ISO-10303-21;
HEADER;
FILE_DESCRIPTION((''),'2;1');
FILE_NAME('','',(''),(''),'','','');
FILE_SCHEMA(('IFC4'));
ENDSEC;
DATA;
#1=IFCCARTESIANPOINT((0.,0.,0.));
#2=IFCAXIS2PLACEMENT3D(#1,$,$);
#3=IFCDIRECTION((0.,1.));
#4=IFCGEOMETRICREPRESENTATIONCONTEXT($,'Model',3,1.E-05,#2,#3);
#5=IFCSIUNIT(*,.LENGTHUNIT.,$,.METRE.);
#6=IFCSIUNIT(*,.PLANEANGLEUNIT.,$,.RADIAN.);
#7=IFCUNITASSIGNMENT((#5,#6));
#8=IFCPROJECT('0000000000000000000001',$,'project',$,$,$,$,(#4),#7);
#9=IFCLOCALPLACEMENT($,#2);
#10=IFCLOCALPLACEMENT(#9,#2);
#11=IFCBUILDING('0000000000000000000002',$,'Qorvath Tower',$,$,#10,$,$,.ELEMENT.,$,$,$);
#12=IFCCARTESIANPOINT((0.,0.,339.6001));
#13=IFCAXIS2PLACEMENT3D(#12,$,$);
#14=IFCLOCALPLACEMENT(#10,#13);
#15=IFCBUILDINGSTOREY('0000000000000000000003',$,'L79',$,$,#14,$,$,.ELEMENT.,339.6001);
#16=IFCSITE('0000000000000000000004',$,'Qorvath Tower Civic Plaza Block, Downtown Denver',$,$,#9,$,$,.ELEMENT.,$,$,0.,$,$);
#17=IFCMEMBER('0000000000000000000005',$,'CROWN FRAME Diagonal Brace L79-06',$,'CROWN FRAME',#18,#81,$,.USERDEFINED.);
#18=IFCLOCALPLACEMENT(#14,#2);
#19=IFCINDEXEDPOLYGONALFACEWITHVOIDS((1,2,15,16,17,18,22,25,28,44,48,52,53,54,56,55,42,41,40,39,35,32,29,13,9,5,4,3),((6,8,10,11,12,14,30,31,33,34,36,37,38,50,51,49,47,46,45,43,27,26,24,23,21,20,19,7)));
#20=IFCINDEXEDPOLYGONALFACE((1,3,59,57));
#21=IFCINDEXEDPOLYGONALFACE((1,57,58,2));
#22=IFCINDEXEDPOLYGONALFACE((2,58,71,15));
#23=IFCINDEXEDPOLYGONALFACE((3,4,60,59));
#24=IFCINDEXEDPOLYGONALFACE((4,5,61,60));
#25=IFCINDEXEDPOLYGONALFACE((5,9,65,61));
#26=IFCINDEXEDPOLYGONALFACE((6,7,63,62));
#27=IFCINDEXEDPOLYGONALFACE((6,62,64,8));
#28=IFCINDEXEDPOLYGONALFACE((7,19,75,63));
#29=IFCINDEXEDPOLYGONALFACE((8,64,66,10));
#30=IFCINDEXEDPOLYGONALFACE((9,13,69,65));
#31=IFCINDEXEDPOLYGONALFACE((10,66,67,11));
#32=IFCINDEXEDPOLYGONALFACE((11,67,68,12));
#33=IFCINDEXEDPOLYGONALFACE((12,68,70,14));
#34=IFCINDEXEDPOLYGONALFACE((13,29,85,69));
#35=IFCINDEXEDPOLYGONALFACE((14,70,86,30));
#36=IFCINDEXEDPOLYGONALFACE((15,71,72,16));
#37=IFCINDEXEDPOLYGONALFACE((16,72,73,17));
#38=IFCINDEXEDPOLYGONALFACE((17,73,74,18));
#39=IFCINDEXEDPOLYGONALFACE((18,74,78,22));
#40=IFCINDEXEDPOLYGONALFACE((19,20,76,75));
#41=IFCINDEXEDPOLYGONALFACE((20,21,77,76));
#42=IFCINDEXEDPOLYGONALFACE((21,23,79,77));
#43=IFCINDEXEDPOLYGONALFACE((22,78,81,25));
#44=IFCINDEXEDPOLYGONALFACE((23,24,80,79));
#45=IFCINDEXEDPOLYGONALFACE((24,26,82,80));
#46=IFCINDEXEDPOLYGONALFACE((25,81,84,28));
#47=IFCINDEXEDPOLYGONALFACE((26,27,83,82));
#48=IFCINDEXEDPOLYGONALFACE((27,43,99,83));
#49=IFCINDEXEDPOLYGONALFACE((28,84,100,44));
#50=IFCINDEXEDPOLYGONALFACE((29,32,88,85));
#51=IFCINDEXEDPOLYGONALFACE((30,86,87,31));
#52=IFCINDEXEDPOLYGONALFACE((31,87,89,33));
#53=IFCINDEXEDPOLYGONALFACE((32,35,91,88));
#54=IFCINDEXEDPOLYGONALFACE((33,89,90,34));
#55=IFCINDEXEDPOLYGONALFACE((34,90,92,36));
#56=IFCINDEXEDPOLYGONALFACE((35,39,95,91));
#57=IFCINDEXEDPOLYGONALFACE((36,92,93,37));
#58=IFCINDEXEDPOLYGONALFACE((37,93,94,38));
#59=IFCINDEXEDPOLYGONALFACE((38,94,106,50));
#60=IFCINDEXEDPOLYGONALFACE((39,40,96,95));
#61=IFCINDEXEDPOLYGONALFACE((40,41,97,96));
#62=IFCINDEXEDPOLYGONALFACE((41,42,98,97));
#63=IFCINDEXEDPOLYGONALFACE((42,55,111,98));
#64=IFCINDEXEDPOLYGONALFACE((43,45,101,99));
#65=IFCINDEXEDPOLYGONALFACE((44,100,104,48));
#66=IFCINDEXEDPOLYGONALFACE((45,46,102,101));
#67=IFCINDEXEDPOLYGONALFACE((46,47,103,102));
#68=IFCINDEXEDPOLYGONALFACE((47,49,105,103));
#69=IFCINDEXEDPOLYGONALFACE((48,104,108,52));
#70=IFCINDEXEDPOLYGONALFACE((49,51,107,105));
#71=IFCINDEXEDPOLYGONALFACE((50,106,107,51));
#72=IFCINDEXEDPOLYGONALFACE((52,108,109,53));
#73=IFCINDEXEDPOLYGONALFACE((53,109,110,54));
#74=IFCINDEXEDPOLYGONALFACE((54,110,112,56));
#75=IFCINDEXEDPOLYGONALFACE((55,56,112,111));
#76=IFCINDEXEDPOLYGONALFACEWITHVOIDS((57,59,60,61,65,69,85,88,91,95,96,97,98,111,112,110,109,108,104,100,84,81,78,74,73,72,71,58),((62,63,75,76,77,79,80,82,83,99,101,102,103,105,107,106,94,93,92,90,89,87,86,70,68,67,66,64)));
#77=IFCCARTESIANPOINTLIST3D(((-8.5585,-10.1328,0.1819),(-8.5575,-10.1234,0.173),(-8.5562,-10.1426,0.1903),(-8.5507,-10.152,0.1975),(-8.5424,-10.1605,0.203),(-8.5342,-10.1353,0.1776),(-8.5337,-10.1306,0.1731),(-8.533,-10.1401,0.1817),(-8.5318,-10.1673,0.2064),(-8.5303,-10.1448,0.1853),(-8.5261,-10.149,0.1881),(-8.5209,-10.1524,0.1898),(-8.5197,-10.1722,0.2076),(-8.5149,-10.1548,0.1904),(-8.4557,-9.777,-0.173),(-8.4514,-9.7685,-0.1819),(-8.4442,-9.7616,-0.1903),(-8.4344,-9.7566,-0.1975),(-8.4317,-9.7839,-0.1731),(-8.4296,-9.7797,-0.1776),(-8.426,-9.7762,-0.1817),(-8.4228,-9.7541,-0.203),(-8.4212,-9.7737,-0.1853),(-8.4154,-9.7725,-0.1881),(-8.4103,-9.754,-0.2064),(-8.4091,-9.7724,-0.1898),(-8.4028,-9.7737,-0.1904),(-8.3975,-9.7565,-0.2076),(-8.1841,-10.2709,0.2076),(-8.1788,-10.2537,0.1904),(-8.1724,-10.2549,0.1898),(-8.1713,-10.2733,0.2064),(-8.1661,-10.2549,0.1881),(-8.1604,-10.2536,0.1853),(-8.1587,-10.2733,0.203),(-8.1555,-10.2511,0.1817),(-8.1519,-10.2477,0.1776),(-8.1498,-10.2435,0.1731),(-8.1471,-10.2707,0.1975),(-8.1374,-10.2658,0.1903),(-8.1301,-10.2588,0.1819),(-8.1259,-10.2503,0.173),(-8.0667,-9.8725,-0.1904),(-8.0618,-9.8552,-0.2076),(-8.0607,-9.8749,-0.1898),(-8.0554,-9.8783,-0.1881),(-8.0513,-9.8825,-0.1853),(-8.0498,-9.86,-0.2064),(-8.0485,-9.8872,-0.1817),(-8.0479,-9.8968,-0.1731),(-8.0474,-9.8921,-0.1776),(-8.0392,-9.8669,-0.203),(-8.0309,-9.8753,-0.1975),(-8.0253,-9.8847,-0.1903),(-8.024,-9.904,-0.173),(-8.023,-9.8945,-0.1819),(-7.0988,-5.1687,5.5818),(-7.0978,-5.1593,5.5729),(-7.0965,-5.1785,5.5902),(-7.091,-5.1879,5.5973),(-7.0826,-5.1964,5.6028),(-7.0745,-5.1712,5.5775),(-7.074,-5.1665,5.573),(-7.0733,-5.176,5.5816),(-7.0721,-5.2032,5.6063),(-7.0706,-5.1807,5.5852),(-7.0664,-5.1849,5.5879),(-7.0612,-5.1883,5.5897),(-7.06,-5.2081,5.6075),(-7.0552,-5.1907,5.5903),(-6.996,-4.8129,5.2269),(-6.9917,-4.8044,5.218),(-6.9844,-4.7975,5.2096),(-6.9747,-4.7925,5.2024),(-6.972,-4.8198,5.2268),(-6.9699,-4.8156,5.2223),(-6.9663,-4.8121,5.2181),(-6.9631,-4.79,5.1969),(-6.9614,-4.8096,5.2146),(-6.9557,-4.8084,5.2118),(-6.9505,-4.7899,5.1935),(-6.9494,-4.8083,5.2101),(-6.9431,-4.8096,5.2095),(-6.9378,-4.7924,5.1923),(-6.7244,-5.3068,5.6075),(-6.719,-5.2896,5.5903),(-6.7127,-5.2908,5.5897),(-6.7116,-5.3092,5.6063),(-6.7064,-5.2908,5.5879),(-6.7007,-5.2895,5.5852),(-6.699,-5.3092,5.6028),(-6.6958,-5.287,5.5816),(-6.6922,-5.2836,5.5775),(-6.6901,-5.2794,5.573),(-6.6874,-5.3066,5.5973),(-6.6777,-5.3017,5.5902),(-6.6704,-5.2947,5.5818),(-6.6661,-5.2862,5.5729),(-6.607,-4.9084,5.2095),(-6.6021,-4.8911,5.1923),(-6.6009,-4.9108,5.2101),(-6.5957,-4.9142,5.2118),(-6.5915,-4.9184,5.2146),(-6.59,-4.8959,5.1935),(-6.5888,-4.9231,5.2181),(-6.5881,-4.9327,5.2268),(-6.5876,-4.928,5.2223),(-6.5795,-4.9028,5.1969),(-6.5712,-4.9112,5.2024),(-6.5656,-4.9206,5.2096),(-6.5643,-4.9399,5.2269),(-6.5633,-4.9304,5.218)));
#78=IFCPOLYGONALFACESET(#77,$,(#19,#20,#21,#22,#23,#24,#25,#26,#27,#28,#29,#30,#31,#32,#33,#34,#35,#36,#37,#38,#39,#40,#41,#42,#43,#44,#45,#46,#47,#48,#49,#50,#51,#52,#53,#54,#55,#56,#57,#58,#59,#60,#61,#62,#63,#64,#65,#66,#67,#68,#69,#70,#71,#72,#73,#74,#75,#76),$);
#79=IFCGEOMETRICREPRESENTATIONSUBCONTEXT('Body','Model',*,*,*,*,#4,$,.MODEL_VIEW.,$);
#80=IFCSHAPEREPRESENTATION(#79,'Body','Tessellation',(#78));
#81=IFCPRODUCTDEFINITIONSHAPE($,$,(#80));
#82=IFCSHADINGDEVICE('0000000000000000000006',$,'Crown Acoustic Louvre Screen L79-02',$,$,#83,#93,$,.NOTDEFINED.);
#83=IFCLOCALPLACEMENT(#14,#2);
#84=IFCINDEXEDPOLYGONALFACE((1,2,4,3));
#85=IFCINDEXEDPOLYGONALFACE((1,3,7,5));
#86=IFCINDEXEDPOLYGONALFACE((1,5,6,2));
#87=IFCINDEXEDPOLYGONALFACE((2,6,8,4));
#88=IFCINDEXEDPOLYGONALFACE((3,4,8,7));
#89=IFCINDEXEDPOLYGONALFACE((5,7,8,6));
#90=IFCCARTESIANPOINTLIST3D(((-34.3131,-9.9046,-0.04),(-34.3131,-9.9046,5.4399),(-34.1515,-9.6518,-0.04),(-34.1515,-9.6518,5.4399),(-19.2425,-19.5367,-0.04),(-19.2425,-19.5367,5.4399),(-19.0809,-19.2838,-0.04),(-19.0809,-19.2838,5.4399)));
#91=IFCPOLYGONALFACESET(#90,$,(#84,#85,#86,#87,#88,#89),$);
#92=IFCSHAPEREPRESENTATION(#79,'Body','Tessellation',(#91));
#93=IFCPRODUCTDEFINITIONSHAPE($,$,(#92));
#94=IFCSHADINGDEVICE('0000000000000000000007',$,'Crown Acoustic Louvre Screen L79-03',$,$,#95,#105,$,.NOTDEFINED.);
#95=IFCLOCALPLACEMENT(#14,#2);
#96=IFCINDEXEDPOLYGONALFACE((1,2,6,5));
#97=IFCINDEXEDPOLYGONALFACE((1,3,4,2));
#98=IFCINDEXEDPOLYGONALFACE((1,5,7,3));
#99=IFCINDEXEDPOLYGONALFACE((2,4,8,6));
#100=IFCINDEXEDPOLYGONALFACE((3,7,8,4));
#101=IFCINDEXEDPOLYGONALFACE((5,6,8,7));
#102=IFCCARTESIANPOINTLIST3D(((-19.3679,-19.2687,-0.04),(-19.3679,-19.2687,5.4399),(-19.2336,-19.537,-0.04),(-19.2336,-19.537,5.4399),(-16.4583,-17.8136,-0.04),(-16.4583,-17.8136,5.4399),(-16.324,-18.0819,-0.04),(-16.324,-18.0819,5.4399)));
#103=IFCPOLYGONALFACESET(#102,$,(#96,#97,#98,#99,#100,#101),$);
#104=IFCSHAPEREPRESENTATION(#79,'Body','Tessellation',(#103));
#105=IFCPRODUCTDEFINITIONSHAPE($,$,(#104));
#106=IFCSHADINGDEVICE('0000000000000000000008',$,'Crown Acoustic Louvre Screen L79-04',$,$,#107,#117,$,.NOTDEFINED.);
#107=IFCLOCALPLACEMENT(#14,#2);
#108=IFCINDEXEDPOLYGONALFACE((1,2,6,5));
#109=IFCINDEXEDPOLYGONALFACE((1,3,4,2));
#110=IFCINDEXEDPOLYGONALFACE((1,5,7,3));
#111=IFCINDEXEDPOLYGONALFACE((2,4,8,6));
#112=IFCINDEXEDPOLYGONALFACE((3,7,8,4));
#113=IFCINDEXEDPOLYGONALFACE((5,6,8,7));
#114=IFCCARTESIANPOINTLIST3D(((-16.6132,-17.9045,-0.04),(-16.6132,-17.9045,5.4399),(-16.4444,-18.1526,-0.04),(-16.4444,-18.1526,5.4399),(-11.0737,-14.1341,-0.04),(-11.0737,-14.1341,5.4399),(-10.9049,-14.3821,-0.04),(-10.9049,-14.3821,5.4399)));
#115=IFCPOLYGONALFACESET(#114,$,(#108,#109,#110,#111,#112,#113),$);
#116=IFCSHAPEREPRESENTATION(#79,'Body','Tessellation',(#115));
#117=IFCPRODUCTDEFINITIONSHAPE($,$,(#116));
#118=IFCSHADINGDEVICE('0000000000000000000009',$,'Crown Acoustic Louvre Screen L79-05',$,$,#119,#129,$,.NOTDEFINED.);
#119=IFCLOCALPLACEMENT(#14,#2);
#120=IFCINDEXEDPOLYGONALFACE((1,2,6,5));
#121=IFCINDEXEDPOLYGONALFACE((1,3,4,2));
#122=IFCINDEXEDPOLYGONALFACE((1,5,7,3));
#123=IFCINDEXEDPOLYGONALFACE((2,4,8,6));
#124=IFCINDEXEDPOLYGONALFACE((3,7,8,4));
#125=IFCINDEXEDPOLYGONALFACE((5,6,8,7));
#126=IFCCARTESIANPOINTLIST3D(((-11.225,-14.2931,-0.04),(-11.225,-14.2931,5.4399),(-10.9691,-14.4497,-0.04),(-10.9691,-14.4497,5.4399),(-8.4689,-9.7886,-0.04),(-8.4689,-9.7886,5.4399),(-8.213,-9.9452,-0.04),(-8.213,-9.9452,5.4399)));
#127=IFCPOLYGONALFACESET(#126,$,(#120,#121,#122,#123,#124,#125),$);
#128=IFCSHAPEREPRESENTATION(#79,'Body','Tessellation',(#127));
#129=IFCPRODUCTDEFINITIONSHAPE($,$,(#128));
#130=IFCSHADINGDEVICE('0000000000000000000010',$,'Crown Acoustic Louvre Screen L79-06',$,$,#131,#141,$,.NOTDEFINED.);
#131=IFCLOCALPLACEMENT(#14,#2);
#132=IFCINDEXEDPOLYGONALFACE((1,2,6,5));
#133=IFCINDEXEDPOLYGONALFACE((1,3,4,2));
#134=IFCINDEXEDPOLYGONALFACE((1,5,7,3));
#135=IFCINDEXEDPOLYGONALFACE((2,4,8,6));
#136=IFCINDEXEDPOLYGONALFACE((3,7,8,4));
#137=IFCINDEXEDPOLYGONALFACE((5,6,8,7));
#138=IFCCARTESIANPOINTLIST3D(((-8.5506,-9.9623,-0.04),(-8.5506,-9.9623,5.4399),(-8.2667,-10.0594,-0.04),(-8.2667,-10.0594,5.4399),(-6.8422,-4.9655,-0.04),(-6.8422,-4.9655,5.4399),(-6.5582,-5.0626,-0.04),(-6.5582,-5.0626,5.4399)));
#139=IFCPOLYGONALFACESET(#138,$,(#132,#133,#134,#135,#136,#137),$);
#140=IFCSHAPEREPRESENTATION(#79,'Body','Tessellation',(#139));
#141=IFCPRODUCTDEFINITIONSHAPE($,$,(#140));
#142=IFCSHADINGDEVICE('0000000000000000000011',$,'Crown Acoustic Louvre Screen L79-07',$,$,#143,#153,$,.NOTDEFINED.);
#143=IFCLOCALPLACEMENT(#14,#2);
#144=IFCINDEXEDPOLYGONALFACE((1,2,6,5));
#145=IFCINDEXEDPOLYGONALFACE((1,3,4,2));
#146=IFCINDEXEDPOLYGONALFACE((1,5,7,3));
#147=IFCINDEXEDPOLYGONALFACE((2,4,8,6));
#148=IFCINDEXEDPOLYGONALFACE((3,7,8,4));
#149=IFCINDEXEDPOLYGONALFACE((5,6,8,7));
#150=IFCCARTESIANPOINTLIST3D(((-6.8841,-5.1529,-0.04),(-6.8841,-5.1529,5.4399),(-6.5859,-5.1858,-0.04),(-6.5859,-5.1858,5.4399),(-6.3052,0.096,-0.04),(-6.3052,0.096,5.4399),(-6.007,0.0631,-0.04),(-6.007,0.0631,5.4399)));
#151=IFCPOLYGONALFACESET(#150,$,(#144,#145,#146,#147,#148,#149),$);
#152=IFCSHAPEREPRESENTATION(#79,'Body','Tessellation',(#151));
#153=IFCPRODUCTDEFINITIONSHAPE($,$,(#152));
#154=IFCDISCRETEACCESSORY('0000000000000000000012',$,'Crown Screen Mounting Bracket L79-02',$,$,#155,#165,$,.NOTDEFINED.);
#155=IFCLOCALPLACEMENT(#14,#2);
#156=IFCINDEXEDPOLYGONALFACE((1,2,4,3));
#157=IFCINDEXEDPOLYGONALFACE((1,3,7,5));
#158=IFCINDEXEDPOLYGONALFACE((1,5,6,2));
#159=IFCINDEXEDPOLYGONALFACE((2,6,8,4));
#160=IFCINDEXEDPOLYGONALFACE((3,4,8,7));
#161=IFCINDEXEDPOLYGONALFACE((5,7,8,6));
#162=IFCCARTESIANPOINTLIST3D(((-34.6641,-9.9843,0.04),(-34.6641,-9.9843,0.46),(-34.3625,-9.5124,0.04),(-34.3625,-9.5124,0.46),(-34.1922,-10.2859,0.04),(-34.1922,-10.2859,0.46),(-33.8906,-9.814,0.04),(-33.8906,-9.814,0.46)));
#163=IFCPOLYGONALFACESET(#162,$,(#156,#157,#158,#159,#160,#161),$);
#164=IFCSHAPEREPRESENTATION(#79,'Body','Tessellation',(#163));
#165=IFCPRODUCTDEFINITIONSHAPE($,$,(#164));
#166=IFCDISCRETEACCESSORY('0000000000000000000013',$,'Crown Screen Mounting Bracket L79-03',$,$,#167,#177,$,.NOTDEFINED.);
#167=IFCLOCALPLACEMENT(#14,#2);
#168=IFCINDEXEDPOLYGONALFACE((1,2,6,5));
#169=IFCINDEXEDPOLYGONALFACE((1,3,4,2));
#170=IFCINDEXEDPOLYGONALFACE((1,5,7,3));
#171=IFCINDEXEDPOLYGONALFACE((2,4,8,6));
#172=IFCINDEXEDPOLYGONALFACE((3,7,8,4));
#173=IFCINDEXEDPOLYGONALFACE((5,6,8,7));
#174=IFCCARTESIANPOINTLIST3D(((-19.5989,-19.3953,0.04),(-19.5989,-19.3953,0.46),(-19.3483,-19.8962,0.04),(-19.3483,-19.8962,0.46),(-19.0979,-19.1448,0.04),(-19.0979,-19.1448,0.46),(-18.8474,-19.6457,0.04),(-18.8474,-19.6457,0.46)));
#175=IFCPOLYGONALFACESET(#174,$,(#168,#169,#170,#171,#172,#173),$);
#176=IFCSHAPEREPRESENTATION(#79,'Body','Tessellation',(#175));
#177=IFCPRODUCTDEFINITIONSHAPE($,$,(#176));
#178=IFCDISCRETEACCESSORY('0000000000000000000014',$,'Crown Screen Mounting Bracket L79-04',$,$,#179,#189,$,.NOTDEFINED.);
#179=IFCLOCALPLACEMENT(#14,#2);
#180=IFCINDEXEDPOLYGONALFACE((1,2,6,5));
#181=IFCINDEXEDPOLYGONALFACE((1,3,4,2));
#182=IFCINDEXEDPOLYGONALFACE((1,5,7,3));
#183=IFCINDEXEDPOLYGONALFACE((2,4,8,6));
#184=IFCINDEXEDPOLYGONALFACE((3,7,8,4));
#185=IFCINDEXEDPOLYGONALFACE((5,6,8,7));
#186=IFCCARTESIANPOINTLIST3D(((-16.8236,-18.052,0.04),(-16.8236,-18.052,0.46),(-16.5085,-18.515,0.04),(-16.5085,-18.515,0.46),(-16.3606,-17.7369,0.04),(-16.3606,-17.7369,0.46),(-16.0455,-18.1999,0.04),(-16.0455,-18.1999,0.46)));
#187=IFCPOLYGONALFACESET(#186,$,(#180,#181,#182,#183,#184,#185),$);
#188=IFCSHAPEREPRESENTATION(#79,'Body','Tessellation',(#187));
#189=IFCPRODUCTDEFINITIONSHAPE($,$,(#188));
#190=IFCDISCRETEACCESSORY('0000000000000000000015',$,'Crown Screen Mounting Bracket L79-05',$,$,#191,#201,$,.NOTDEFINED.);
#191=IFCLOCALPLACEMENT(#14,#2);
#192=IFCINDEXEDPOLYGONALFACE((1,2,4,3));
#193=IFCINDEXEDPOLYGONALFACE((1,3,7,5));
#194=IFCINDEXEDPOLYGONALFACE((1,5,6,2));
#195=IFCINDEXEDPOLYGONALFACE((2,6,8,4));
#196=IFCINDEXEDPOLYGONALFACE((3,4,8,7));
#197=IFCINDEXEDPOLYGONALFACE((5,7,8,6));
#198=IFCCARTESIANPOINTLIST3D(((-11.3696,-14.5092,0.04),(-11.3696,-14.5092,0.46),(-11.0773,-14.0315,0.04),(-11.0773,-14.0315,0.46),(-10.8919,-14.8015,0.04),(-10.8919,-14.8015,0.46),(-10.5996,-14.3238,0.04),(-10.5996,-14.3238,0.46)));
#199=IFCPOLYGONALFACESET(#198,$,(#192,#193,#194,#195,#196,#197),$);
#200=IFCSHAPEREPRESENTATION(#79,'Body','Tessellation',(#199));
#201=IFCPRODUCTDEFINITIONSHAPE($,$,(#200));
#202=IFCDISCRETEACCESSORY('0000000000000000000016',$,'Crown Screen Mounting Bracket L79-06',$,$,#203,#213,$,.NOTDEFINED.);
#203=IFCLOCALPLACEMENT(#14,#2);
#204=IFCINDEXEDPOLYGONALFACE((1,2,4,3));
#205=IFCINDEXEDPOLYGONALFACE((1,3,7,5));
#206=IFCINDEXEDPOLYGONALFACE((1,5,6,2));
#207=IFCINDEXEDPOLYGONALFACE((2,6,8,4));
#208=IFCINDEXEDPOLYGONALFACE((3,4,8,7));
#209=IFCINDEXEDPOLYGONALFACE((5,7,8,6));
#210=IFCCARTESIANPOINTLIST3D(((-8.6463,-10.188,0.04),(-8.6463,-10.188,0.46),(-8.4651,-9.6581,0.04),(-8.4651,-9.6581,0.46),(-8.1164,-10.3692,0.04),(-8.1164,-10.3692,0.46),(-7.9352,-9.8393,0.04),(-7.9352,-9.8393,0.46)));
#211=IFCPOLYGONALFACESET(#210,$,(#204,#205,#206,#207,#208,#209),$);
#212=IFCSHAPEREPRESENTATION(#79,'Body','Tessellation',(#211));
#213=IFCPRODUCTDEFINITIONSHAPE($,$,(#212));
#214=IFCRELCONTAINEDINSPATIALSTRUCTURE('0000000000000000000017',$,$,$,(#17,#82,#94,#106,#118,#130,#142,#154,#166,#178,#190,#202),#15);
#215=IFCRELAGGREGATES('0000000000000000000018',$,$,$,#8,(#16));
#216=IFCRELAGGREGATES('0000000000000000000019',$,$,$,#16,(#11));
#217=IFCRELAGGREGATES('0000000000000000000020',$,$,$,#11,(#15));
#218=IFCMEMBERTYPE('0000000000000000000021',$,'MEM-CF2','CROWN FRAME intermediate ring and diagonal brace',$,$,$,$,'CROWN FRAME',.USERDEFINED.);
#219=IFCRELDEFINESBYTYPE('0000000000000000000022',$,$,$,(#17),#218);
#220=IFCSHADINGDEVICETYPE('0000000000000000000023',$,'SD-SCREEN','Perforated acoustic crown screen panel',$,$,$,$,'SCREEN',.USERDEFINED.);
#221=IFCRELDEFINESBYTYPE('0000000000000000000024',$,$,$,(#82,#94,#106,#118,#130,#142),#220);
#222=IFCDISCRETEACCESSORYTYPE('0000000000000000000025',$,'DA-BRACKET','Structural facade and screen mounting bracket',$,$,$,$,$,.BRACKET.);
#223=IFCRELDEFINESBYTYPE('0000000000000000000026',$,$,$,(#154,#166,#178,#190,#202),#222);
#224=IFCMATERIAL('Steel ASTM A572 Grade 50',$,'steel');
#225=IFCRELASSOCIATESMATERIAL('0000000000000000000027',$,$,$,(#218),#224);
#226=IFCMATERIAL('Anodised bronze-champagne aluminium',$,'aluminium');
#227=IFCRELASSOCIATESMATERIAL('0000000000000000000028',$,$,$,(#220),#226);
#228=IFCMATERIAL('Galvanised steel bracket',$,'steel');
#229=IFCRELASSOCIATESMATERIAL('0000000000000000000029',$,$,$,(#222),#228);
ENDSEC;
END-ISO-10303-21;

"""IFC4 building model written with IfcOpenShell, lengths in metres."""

from ifc_helpers import new_model, si_unit, direction, frame, origin, origin_2d, place, context, subcontext, project, spatial, rectangle, hollow_rectangle, extrude, material, material_profile, profile_set, type_object, element, save


model = new_model("IFC4")

# Units and contexts
model_context = context("Model", 3, precision=1e-05, world=origin(), true_north=direction((0.0, 1.0)))
body_context = subcontext(model_context, "Body", "Model", "MODEL_VIEW")
ifc_project = project(units=[si_unit("LENGTHUNIT", "METRE"), si_unit("PLANEANGLEUNIT", "RADIAN")], contexts=[model_context])

# Site, building, storey
site_placement = place(None, origin())
site = spatial("IfcSite", under=ifc_project, at=site_placement, Name="Qorvath Tower Civic Plaza Block, Downtown Denver", CompositionType="ELEMENT", RefElevation=0.0)
building_placement = place(site_placement, origin())
building = spatial("IfcBuilding", under=site, at=building_placement, Name="Qorvath Tower", CompositionType="ELEMENT")
storey_placement = place(building_placement, frame((0.0, 0.0, 339.6001)))
storey = spatial("IfcBuildingStorey", under=building, at=storey_placement, Name="L79", CompositionType="ELEMENT", Elevation=339.6001)

# Member
ifc_material_1 = material(Name="Steel ASTM A572 Grade 50", Category="steel")
ifc_material_profile_1 = material_profile(ifc_material_1, hollow_rectangle(XDim=0.45, YDim=0.6001, WallThickness=0.0249, InnerFilletRadius=0.0249, OuterFilletRadius=0.05, at=origin_2d()), Name="CROWN BOX 600x450x25")
ifc_profile_set_1 = profile_set([ifc_material_profile_1], Name="Steel ASTM A572 Grade 50")
member_type_1 = type_object("IfcMemberType", Name="MEM-CF2", Description="CROWN FRAME intermediate ring and diagonal brace", ElementType="CROWN FRAME", PredefinedType="USERDEFINED", material=ifc_profile_set_1)
member_1_placement = place(storey_placement, frame((-8.2908, -10.0137, 0.0), z_axis=(0.195181, 0.66376, 0.72203), x_axis=(-0.959382, 0.28211, 0.0)))
element("IfcMember", 1, at=member_1_placement, inside=storey, type_object=member_type_1, Name="CROWN FRAME Diagonal Brace L79-06", ObjectType="CROWN FRAME", PredefinedType="USERDEFINED", context=body_context, shape_type="SweptSolid", body=[
    extrude(hollow_rectangle(XDim=0.45, YDim=0.6001, WallThickness=0.0249, InnerFilletRadius=0.0249, OuterFilletRadius=0.05, at=origin_2d()), origin(), (0.0, 0.0, 1.0), 7.4788),
])

# Shading devices
ifc_material_2 = material(Name="Anodised bronze-champagne aluminium", Category="aluminium")
shading_device_type = type_object("IfcShadingDeviceType", Name="SD-SCREEN", Description="Perforated acoustic crown screen panel", ElementType="SCREEN", PredefinedType="USERDEFINED", material=ifc_material_2)
shading_device_1_placement = place(storey_placement, frame((-26.697, -14.5942, -0.04), z_axis=(0.0, 0.0, 1.0), x_axis=(0.842606, -0.538531, 0.0)))
element("IfcShadingDevice", 2, at=shading_device_1_placement, inside=storey, type_object=shading_device_type, Name="Crown Acoustic Louvre Screen L79-02", PredefinedType="NOTDEFINED", context=body_context, shape_type="SweptSolid", body=[
    extrude(rectangle(XDim=17.8857, YDim=0.3, at=origin_2d()), origin(), (0.0, 0.0, 1.0), 5.48),
])
shading_device_2_placement = place(storey_placement, frame((-17.8459, -18.6753, -0.04), z_axis=(0.0, 0.0, 1.0), x_axis=(0.894388, 0.447292, 0.0)))
element("IfcShadingDevice", 3, at=shading_device_2_placement, inside=storey, type_object=shading_device_type, Name="Crown Acoustic Louvre Screen L79-03", PredefinedType="NOTDEFINED", context=body_context, shape_type="SweptSolid", body=[
    extrude(rectangle(XDim=3.2532, YDim=0.3, at=origin_2d()), origin(), (0.0, 0.0, 1.0), 5.48),
])
shading_device_3_placement = place(storey_placement, frame((-13.759, -16.1433, -0.04), z_axis=(0.0, 0.0, 1.0), x_axis=(0.826678, 0.562675, 0.0)))
element("IfcShadingDevice", 4, at=shading_device_3_placement, inside=storey, type_object=shading_device_type, Name="Crown Acoustic Louvre Screen L79-04", PredefinedType="NOTDEFINED", context=body_context, shape_type="SweptSolid", body=[
    extrude(rectangle(XDim=6.7009, YDim=0.3, at=origin_2d()), origin(), (0.0, 0.0, 1.0), 5.48),
])
for number, where, z_axis, x_axis, name in (
    (5, (-9.719, -12.1191, -0.04), (0.0, 0.0, 1.0), (0.521906, 0.853003, 0.0), "Crown Acoustic Louvre Screen L79-05"),
    (6, (-7.5544, -7.5125, -0.04), (0.0, 0.0, 1.0), (0.323529, 0.946218, 0.0), "Crown Acoustic Louvre Screen L79-06"),
    (7, (-6.4456, -2.5449, -0.04), (0.0, 0.0, 1.0), (0.109616, 0.993974, 0.0), "Crown Acoustic Louvre Screen L79-07"),
):
    element("IfcShadingDevice", number, at=place(storey_placement, frame(where, z_axis=z_axis, x_axis=x_axis)), inside=storey, type_object=shading_device_type, Name=name, PredefinedType="NOTDEFINED", context=body_context, shape_type="SweptSolid", body=[
        extrude(rectangle(XDim=5.2808, YDim=0.3, at=origin_2d()), origin(), (0.0, 0.0, 1.0), 5.48),
    ])

# Discrete accessories
ifc_material_3 = material(Name="Galvanised steel bracket", Category="steel")
discrete_accessory_type = type_object("IfcDiscreteAccessoryType", Name="DA-BRACKET", Description="Structural facade and screen mounting bracket", PredefinedType="BRACKET", material=ifc_material_3)
for number, where, z_axis, x_axis, name in (
    (8, (-34.2773, -9.8992, 0.04), (0.0, 0.0, 1.0), (0.842606, -0.538531, 0.0), "Crown Screen Mounting Bracket L79-02"),
    (9, (-19.2231, -19.5205, 0.04), (0.0, 0.0, 1.0), (0.894388, 0.447292, 0.0), "Crown Screen Mounting Bracket L79-03"),
    (10, (-16.4346, -18.126, 0.04), (0.0, 0.0, 1.0), (0.826678, 0.562675, 0.0), "Crown Screen Mounting Bracket L79-04"),
    (11, (-10.9846, -14.4165, 0.04), (0.0, 0.0, 1.0), (0.521906, 0.853003, 0.0), "Crown Screen Mounting Bracket L79-05"),
    (12, (-8.2908, -10.0137, 0.04), (0.0, 0.0, 1.0), (0.323529, 0.946218, 0.0), "Crown Screen Mounting Bracket L79-06"),
):
    element("IfcDiscreteAccessory", number, at=place(storey_placement, frame(where, z_axis=z_axis, x_axis=x_axis)), inside=storey, type_object=discrete_accessory_type, Name=name, PredefinedType="NOTDEFINED", context=body_context, shape_type="SweptSolid", body=[
        extrude(rectangle(XDim=0.5601, YDim=0.5601, at=origin_2d()), origin(), (0.0, 0.0, 1.0), 0.4199),
    ])

save(model, "model.ifc")
